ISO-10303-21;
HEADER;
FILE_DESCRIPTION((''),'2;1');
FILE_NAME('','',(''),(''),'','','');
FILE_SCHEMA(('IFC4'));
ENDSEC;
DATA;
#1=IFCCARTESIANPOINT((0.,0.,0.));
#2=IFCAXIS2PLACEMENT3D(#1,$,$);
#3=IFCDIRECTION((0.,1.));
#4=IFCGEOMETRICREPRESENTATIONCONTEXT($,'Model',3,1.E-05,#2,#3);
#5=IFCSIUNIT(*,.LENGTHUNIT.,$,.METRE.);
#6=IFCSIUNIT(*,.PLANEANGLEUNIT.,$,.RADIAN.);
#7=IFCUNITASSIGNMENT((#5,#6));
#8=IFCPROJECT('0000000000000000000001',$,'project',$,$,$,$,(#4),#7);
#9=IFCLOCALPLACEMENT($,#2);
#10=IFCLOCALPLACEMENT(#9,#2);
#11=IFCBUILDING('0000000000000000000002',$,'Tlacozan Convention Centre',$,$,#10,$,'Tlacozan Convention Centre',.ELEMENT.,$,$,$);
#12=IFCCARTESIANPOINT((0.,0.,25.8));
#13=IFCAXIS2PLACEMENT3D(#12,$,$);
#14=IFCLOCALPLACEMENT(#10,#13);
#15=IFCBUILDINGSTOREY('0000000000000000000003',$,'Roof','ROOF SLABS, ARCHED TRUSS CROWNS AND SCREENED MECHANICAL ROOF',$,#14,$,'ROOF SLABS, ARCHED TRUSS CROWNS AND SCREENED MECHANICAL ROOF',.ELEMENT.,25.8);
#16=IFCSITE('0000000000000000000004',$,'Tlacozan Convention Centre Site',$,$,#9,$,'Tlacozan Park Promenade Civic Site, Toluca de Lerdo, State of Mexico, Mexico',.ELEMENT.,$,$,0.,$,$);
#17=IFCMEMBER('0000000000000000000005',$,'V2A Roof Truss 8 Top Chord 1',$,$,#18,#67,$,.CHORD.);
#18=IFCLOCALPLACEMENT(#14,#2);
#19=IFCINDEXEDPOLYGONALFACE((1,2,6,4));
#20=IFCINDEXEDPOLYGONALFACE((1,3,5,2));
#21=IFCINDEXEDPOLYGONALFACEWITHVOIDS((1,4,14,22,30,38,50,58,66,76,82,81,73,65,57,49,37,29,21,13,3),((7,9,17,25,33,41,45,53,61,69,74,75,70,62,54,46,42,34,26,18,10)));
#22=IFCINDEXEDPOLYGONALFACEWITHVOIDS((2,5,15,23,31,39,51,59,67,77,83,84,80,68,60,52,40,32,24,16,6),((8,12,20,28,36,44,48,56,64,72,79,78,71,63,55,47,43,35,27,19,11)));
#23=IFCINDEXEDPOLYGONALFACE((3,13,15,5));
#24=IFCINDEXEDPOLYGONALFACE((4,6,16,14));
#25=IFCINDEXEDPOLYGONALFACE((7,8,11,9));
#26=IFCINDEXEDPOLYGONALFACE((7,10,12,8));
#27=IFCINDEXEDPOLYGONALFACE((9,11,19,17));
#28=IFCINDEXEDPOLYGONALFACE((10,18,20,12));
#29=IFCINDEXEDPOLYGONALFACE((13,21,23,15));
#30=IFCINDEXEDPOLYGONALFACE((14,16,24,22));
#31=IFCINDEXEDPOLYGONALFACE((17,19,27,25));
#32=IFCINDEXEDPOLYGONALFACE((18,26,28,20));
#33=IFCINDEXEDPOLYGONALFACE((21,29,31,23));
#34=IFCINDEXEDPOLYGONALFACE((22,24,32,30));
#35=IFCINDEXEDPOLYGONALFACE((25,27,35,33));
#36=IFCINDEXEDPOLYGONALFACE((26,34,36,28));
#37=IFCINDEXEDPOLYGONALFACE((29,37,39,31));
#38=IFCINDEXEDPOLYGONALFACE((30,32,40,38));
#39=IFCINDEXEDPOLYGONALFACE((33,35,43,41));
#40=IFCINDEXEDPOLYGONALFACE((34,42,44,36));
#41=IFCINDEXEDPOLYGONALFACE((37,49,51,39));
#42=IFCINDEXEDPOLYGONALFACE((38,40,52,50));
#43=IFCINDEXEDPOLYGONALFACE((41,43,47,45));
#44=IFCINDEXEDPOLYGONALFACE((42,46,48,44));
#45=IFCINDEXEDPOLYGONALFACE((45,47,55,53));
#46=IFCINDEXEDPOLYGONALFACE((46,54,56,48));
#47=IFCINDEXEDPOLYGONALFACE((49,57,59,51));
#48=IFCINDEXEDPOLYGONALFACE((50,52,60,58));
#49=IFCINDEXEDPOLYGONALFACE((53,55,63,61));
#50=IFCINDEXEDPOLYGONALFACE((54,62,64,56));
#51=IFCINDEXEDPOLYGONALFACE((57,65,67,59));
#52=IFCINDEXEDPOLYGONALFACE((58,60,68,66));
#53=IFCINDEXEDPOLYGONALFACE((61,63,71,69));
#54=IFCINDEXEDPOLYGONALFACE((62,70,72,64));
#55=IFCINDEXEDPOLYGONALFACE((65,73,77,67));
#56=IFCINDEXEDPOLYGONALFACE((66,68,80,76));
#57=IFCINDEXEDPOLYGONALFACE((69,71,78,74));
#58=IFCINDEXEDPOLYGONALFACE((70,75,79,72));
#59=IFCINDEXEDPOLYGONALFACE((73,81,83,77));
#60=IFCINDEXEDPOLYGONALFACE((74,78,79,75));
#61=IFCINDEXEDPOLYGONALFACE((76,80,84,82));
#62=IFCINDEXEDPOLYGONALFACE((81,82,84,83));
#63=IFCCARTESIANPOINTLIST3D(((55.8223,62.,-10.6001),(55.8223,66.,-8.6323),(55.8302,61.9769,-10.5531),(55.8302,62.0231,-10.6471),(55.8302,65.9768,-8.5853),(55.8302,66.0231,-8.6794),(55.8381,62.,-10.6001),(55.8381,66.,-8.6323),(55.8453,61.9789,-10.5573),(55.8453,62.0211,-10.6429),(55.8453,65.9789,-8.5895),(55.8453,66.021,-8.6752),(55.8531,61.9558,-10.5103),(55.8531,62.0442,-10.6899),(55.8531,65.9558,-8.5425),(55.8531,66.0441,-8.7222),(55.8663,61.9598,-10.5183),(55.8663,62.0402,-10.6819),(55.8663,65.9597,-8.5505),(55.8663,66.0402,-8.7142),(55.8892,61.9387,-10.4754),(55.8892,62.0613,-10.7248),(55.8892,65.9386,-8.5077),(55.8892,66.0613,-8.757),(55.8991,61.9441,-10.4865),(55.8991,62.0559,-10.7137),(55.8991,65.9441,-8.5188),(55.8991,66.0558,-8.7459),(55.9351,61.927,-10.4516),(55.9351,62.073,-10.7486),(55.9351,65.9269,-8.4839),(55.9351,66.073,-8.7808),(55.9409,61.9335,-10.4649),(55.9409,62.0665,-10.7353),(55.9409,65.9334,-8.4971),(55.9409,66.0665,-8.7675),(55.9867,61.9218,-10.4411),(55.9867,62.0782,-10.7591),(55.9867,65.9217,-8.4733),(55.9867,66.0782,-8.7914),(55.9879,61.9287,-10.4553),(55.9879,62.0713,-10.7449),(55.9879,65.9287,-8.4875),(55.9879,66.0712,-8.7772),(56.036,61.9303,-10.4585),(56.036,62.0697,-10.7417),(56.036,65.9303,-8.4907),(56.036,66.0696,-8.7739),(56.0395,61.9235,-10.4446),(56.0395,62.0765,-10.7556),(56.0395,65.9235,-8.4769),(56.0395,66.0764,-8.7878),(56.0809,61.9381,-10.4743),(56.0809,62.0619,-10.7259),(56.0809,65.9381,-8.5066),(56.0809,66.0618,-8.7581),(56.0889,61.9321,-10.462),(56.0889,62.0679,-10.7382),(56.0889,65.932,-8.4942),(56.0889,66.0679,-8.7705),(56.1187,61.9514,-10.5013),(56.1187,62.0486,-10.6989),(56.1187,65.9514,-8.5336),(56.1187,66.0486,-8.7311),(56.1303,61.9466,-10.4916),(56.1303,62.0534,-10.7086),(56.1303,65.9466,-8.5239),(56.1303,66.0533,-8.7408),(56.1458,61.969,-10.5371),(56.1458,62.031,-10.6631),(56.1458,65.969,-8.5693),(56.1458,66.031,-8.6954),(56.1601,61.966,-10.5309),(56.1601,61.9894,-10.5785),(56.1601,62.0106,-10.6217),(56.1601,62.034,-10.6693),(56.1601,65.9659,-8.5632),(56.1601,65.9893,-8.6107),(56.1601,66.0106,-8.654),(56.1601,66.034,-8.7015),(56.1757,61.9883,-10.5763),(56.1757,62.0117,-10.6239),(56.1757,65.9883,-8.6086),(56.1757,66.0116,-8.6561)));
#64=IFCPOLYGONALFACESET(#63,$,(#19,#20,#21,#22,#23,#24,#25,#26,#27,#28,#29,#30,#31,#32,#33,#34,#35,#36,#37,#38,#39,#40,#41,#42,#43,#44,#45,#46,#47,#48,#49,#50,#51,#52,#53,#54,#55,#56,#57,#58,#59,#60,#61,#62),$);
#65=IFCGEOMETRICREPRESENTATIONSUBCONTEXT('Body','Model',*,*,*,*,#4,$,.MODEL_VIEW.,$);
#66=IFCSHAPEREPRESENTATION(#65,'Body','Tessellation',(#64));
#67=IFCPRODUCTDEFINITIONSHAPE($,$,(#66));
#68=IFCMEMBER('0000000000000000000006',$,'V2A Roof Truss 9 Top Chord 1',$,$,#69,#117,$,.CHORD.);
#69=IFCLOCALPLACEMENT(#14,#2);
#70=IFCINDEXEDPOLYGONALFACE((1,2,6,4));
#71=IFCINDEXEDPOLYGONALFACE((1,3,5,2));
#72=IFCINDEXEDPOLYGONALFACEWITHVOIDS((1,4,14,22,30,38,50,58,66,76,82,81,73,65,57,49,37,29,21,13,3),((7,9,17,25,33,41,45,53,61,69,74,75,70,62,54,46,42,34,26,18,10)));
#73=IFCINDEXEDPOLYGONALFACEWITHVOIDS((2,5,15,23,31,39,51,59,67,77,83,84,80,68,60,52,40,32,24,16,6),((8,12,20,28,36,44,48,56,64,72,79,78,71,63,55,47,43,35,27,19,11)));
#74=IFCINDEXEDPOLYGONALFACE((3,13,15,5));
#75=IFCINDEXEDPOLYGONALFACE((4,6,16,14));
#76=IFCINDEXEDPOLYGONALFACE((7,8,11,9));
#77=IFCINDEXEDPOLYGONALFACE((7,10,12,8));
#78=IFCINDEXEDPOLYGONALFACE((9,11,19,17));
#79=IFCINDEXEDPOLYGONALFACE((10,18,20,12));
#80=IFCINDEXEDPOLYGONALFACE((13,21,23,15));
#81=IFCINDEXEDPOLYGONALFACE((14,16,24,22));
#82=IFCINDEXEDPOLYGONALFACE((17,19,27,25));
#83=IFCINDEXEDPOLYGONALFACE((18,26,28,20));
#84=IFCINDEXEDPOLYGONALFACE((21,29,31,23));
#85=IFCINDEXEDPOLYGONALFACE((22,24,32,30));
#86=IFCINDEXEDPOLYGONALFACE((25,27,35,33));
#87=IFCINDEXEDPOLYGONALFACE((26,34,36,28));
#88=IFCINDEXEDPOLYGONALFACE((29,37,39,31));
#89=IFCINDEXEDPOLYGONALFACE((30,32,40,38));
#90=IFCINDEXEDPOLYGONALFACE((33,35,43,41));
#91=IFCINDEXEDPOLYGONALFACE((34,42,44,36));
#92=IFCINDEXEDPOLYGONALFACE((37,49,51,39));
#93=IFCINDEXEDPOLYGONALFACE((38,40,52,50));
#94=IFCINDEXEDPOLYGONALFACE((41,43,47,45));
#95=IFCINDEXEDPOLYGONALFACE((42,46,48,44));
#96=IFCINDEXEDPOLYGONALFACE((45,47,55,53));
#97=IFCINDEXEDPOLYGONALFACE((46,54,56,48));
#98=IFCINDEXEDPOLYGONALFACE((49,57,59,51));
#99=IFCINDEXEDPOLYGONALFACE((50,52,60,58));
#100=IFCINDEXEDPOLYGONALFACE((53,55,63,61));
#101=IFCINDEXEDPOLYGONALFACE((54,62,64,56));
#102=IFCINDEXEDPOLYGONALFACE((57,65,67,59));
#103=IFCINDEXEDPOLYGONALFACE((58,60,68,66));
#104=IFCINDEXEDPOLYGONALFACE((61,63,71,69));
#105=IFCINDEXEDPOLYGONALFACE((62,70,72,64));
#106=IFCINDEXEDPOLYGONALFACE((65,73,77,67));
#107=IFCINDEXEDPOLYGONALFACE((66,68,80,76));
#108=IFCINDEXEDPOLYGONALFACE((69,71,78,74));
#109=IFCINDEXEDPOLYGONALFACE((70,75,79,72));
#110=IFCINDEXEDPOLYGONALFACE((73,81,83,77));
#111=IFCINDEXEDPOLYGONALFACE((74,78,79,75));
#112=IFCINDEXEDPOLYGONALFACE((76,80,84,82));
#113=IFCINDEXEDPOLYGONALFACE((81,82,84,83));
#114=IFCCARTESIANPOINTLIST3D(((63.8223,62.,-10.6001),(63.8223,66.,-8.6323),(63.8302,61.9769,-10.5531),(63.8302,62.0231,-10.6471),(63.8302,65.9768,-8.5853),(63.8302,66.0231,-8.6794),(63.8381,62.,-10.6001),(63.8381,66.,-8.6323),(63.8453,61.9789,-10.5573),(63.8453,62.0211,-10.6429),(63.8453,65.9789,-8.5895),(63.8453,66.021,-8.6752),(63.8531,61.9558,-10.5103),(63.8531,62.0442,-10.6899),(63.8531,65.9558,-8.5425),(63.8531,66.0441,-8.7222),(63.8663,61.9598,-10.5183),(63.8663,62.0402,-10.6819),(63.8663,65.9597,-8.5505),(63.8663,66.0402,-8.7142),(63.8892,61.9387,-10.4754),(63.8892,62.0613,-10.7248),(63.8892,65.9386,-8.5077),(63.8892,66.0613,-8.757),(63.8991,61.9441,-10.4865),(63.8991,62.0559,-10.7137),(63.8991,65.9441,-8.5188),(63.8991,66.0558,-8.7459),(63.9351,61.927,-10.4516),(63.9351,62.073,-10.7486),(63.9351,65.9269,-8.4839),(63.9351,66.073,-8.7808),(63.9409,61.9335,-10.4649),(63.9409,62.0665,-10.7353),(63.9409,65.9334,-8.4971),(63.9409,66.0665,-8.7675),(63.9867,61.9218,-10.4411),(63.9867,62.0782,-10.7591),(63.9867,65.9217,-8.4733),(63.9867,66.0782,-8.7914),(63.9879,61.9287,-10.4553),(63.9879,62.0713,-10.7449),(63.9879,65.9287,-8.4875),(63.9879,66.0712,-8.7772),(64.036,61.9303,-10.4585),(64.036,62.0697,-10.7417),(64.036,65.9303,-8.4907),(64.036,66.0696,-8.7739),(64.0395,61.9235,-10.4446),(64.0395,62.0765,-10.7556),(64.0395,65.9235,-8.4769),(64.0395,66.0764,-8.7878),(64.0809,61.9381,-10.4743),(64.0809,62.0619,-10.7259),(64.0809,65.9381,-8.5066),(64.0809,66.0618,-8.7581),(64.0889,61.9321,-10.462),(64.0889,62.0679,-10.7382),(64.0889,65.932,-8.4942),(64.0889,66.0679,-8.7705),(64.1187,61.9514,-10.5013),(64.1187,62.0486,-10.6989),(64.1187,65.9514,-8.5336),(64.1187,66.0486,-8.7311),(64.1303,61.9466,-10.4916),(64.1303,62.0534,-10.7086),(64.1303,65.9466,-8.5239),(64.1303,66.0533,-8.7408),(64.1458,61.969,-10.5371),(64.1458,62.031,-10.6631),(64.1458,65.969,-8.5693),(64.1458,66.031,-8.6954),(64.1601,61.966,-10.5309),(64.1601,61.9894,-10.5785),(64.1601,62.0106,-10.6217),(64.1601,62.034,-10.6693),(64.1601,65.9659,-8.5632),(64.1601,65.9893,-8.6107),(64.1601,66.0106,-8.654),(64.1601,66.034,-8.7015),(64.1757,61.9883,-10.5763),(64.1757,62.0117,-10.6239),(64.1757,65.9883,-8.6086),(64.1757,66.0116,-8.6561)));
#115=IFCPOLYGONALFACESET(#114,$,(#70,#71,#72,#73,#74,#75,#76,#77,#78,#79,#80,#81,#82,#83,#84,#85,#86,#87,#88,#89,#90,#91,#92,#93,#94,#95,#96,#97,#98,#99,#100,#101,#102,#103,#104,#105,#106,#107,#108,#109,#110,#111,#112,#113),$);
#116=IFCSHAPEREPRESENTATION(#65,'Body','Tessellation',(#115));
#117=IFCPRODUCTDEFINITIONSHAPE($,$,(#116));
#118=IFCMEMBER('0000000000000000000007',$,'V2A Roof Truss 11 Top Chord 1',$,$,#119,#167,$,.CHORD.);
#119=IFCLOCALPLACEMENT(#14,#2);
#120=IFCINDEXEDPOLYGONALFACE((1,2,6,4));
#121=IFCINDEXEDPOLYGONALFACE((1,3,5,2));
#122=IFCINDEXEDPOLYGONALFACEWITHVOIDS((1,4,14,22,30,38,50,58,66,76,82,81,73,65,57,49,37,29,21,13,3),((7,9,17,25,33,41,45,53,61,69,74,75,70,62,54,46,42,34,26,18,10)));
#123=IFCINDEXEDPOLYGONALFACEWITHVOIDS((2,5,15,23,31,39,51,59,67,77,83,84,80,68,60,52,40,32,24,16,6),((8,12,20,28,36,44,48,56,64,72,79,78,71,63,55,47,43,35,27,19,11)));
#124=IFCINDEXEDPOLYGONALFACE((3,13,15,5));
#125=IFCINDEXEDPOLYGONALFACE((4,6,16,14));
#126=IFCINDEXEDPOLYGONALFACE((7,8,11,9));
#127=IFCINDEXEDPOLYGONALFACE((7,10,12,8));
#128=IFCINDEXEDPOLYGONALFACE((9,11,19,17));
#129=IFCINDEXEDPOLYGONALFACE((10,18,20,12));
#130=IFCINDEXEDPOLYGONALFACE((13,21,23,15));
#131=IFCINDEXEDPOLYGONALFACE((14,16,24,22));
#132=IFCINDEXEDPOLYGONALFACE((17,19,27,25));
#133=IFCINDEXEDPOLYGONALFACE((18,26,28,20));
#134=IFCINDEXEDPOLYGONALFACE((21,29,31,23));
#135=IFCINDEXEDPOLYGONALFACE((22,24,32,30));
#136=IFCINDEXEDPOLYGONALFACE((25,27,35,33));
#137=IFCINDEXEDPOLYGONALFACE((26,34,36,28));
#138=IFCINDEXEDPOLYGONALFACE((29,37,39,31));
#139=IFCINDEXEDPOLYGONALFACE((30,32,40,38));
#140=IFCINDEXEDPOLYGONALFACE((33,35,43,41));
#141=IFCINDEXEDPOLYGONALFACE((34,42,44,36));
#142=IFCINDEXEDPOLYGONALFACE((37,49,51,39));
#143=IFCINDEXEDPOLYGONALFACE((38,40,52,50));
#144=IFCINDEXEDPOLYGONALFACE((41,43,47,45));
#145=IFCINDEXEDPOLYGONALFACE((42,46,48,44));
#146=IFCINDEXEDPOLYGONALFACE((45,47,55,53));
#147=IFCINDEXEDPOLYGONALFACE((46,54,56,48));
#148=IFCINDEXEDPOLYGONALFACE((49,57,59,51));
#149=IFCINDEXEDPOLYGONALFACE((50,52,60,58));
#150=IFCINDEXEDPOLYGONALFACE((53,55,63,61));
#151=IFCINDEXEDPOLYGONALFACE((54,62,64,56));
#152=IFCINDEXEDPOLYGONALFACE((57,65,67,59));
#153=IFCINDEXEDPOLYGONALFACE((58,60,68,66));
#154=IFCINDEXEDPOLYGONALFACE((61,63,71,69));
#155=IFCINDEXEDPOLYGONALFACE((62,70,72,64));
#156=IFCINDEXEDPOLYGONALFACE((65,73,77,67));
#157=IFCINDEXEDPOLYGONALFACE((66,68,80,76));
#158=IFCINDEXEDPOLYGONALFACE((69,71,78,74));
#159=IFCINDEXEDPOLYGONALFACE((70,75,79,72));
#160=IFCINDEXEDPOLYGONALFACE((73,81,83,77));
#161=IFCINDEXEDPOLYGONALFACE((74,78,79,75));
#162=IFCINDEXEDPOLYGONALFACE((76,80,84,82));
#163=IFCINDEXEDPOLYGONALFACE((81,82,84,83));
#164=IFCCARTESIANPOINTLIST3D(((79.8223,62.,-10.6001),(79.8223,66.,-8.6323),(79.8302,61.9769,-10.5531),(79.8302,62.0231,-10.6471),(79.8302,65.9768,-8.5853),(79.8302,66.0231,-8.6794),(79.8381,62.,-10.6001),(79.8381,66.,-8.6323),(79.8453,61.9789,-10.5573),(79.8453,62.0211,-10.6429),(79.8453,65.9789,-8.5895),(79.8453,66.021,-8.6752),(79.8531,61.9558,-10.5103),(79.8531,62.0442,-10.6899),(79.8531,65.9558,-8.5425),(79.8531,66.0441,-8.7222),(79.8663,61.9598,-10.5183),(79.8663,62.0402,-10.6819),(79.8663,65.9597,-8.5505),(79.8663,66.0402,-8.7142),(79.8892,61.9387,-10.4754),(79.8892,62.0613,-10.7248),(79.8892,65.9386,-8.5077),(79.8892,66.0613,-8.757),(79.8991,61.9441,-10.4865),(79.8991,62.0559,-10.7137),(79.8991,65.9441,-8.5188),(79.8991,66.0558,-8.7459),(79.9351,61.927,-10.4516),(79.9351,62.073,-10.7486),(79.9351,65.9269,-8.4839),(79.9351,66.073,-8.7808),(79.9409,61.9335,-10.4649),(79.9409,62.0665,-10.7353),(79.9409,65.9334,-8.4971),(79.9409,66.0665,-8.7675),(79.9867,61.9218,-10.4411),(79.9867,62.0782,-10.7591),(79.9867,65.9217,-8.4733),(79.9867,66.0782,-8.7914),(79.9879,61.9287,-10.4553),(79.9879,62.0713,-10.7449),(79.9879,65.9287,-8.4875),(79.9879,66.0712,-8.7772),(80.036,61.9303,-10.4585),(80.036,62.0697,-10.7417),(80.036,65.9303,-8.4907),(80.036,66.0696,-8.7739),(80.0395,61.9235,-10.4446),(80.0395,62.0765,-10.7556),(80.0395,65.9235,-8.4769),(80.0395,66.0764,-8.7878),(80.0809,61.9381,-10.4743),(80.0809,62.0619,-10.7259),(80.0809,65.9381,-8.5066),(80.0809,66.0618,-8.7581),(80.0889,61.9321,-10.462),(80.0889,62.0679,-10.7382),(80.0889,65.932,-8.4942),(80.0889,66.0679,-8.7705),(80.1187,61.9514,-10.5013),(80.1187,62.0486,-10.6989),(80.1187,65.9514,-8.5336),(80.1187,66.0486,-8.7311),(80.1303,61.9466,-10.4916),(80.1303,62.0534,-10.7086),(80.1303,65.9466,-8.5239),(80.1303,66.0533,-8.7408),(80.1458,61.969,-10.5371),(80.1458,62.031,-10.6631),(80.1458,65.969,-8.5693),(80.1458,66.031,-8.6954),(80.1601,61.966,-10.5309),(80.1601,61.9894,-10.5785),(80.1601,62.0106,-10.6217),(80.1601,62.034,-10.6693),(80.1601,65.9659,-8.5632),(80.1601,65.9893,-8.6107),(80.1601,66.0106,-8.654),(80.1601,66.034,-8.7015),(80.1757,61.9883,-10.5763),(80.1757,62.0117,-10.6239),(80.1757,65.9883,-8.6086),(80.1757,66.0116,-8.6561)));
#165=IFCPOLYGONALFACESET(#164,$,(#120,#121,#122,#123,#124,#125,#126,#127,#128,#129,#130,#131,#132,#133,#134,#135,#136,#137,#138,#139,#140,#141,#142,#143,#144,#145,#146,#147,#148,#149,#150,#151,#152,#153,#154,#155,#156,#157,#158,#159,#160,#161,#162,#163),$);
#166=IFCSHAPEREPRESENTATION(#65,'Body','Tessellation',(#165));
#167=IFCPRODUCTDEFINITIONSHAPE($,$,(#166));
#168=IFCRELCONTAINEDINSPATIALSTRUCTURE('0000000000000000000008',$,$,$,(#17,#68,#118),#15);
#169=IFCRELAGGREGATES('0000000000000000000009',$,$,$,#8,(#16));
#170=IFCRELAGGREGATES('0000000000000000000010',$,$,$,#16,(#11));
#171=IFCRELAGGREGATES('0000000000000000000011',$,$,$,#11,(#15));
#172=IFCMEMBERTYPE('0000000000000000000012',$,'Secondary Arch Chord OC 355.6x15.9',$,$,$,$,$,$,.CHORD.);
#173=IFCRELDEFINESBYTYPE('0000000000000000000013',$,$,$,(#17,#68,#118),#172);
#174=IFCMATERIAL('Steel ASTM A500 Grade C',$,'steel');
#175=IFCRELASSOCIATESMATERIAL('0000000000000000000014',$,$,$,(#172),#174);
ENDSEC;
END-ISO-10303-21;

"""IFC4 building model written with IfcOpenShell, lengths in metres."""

from ifc_helpers import new_model, si_unit, direction, frame, origin, origin_2d, place, context, subcontext, project, spatial, hollow_circle, extrude, material, material_profile, profile_set, type_object, element, save


model = new_model("IFC4")

# Units and contexts
model_context = context("Model", 3, precision=1e-05, world=origin(), true_north=direction((0.0, 1.0)))
body_context = subcontext(model_context, "Body", "Model", "MODEL_VIEW")
ifc_project = project(units=[si_unit("LENGTHUNIT", "METRE"), si_unit("PLANEANGLEUNIT", "RADIAN")], contexts=[model_context])

# Site, building, storey
site_placement = place(None, origin())
site = spatial("IfcSite", under=ifc_project, at=site_placement, Name="Tlacozan Convention Centre Site", LongName="Tlacozan Park Promenade Civic Site, Toluca de Lerdo, State of Mexico, Mexico", CompositionType="ELEMENT", RefElevation=0.0)
building_placement = place(site_placement, origin())
building = spatial("IfcBuilding", under=site, at=building_placement, Name="Tlacozan Convention Centre", LongName="Tlacozan Convention Centre", CompositionType="ELEMENT")
storey_placement = place(building_placement, frame((0.0, 0.0, 25.8)))
storey = spatial("IfcBuildingStorey", under=building, at=storey_placement, Name="Roof", Description="ROOF SLABS, ARCHED TRUSS CROWNS AND SCREENED MECHANICAL ROOF", LongName="ROOF SLABS, ARCHED TRUSS CROWNS AND SCREENED MECHANICAL ROOF", CompositionType="ELEMENT", Elevation=25.8)

# Members
ifc_material_1 = material(Name="Steel ASTM A500 Grade C", Category="steel")
ifc_material_profile_1 = material_profile(ifc_material_1, hollow_circle(Radius=0.1777, WallThickness=0.0159, at=origin_2d()), Name="OC 355.6x15.9")
ifc_profile_set_1 = profile_set([ifc_material_profile_1], Name="Steel ASTM A500 Grade C")
member_type_1 = type_object("IfcMemberType", Name="Secondary Arch Chord OC 355.6x15.9", PredefinedType="CHORD", material=ifc_profile_set_1)
for number, where, z_axis, x_axis, name in (
    (1, (56.0, 62.0, -10.6001), (0.0, 0.8973, 0.441421), (-1.0, 0.0, 0.0), "V2A Roof Truss 8 Top Chord 1"),
    (2, (64.0, 62.0, -10.6001), (0.0, 0.8973, 0.441421), (-1.0, 0.0, 0.0), "V2A Roof Truss 9 Top Chord 1"),
    (3, (80.0, 62.0, -10.6001), (0.0, 0.8973, 0.441421), (-1.0, 0.0, 0.0), "V2A Roof Truss 11 Top Chord 1"),
):
    element("IfcMember", number, at=place(storey_placement, frame(where, z_axis=z_axis, x_axis=x_axis)), inside=storey, type_object=member_type_1, Name=name, PredefinedType="CHORD", context=body_context, shape_type="SweptSolid", body=[
        extrude(hollow_circle(Radius=0.1777, WallThickness=0.0159, at=origin_2d()), origin(), (0.0, 0.0, 1.0), 4.4578),
    ])

save(model, "model.ifc")
